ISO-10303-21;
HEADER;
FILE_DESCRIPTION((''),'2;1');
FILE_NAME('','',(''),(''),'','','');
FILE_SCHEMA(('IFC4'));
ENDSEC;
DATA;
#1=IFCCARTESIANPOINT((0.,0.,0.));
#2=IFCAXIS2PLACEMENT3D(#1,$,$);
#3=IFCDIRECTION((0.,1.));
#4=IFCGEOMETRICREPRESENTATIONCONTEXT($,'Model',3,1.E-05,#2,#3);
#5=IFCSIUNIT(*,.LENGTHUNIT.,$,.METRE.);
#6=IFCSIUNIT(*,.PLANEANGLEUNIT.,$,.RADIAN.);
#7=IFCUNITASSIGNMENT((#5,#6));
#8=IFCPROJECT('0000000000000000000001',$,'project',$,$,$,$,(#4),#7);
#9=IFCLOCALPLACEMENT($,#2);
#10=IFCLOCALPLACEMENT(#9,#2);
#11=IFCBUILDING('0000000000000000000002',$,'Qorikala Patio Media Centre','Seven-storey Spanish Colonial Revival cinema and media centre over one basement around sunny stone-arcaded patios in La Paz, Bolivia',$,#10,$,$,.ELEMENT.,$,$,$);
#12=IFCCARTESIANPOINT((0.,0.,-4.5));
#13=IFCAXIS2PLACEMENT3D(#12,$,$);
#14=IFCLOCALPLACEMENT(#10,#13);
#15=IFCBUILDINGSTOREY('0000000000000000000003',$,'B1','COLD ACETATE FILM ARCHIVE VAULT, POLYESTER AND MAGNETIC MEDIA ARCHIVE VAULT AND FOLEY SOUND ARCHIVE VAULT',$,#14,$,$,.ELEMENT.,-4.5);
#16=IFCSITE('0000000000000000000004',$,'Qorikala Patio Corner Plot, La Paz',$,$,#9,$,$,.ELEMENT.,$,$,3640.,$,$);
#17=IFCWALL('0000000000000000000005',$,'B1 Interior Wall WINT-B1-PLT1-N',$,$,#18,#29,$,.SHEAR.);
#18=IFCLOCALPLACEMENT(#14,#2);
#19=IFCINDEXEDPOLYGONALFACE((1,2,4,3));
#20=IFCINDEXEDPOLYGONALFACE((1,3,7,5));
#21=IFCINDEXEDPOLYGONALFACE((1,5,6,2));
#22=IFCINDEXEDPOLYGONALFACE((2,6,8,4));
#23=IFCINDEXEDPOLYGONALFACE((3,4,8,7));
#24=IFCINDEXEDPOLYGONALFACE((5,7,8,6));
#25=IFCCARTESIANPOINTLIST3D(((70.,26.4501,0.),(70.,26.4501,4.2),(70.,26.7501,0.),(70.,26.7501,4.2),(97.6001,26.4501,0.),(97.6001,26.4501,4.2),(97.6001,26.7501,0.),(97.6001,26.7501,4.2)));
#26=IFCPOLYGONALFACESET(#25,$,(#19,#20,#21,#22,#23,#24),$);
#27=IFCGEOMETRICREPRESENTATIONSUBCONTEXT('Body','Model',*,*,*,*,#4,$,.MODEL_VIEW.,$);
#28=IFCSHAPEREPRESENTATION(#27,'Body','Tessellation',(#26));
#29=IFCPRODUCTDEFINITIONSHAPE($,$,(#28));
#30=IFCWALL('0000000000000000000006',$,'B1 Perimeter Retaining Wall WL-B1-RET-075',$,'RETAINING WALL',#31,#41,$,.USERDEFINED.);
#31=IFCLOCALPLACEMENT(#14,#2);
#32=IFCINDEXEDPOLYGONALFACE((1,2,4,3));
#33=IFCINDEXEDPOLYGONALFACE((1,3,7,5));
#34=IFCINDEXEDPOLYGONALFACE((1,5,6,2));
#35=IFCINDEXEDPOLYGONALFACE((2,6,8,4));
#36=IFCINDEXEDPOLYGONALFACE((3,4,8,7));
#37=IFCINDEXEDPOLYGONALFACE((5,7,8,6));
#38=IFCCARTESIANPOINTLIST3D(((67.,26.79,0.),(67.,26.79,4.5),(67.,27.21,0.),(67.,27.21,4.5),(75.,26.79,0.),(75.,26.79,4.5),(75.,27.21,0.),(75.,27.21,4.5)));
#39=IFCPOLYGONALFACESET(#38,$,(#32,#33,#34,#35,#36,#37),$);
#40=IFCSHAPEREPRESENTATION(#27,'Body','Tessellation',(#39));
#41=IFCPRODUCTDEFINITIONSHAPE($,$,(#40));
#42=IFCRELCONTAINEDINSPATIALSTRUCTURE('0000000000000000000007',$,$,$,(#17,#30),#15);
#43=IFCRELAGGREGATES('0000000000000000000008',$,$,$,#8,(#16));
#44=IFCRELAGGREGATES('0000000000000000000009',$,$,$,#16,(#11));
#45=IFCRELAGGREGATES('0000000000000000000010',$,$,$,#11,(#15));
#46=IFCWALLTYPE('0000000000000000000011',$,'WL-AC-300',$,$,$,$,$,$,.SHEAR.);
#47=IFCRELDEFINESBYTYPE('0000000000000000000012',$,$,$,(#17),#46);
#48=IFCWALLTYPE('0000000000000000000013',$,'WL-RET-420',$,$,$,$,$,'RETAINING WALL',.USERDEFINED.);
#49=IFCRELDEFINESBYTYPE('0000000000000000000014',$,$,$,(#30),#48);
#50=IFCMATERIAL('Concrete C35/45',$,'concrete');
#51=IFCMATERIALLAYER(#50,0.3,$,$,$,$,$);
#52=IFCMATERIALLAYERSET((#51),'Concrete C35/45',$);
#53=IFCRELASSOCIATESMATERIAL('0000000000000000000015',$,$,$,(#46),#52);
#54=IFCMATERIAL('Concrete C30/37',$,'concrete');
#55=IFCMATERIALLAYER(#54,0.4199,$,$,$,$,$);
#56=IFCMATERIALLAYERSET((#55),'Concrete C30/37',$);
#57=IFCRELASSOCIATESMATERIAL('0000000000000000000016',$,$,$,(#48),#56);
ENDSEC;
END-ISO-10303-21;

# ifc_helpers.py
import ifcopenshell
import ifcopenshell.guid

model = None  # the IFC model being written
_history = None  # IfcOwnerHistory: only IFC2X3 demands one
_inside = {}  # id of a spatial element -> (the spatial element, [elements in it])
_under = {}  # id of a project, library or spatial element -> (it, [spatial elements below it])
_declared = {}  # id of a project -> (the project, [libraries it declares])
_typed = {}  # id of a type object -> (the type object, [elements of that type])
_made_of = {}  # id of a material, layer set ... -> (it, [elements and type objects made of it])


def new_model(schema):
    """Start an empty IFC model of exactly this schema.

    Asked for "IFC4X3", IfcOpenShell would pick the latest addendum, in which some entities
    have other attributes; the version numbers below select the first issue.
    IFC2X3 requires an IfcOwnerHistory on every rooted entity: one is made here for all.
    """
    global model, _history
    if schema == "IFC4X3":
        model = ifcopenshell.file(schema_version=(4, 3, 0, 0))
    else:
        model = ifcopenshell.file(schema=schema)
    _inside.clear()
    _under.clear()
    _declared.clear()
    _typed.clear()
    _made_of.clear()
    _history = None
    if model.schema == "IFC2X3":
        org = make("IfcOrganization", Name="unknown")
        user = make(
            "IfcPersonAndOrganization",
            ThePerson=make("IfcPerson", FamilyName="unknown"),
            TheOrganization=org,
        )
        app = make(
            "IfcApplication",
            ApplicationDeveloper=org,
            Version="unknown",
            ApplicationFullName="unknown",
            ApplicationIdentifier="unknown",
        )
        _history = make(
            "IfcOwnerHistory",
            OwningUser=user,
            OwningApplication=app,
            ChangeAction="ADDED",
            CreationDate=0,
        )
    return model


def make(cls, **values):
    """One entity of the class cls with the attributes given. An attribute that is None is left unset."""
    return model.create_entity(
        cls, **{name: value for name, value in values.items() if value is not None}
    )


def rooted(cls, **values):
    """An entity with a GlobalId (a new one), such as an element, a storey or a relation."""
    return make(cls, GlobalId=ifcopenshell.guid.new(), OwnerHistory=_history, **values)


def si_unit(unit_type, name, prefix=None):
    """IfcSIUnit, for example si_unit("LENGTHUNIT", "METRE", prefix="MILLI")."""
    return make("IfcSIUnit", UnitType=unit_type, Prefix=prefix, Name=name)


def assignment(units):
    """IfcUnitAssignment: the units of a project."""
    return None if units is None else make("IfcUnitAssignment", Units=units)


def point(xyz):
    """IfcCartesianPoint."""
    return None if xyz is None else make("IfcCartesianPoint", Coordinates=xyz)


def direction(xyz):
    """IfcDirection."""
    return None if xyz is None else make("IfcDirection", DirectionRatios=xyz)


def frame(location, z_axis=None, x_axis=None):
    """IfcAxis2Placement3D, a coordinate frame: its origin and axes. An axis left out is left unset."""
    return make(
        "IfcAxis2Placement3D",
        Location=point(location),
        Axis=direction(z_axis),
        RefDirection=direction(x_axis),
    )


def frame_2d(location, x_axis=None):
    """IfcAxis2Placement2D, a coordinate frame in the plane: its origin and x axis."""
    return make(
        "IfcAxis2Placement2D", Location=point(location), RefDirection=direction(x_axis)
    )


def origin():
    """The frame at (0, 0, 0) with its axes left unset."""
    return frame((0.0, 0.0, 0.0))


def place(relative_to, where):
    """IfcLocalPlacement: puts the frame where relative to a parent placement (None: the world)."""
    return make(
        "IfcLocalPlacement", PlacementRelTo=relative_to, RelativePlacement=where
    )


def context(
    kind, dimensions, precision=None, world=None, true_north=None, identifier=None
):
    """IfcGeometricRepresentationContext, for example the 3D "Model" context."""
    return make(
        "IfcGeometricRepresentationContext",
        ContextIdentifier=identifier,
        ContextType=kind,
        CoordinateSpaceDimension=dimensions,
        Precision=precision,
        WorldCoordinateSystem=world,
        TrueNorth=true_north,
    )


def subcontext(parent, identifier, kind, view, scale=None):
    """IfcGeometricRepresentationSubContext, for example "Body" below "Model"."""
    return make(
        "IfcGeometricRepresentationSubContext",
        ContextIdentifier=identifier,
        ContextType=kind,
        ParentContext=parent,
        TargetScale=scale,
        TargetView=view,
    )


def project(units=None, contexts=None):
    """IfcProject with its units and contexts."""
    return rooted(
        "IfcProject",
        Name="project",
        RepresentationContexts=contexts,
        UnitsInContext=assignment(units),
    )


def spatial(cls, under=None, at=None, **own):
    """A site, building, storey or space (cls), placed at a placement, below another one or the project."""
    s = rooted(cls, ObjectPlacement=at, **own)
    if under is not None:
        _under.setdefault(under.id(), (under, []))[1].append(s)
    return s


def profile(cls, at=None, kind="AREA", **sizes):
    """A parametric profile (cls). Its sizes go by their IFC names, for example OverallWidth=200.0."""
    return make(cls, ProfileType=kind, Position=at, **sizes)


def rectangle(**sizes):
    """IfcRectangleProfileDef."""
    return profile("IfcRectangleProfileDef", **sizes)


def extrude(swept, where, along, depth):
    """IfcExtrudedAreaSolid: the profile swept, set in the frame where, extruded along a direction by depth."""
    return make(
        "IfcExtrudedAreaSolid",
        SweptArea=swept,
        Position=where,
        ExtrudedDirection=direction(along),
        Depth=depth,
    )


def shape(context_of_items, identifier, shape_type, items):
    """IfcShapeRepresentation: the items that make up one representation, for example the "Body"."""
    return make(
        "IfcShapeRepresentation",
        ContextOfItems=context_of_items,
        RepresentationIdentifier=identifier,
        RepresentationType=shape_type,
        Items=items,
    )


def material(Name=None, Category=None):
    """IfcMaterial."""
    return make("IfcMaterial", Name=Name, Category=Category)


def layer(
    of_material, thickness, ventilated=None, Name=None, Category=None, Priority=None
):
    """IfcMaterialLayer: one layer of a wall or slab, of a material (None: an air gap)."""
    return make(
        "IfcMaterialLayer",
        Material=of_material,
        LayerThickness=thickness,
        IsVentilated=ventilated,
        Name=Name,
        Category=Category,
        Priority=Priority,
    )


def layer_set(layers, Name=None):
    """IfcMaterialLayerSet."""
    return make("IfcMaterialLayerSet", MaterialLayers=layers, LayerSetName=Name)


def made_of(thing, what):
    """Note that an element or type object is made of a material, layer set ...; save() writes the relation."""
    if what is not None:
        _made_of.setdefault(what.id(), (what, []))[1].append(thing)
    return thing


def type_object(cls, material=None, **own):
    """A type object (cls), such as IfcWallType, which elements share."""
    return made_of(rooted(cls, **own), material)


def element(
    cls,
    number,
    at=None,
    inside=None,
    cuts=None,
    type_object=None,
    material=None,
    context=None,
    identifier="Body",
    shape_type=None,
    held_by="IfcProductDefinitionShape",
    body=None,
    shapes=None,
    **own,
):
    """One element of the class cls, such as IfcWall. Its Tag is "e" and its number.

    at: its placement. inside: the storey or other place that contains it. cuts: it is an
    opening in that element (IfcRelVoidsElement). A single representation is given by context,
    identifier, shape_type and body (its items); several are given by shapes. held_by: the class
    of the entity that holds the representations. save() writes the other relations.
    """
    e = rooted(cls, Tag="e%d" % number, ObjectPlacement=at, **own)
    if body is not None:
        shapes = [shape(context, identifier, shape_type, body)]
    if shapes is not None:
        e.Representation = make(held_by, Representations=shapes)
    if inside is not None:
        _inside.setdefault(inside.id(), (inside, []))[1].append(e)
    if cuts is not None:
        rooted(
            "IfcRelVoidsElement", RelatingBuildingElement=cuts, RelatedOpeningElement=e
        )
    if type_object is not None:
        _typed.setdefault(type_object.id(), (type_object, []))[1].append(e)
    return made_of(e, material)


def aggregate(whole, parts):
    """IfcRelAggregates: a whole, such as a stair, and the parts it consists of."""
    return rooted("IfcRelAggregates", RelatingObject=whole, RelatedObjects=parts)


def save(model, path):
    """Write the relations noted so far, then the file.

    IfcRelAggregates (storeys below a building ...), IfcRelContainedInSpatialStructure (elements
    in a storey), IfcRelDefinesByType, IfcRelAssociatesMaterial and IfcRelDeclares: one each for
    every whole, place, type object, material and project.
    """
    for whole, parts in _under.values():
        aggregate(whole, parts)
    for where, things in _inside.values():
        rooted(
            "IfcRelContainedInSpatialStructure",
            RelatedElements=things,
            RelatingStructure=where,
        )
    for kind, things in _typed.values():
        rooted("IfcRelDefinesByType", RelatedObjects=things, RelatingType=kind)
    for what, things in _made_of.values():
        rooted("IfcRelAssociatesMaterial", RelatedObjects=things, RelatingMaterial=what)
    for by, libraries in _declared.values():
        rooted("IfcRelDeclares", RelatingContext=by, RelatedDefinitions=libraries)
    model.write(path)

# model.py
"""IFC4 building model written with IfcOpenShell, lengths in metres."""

from ifc_helpers import new_model, si_unit, direction, frame, frame_2d, origin, place, context, subcontext, project, spatial, rectangle, extrude, material, layer, layer_set, type_object, element, save


model = new_model("IFC4")

# Units and contexts
model_context = context("Model", 3, precision=1e-05, world=origin(), true_north=direction((0.0, 1.0)))
body_context = subcontext(model_context, "Body", "Model", "MODEL_VIEW")
ifc_project = project(units=[si_unit("LENGTHUNIT", "METRE"), si_unit("PLANEANGLEUNIT", "RADIAN")], contexts=[model_context])

# Site, building, storey
site_placement = place(None, origin())
site = spatial("IfcSite", under=ifc_project, at=site_placement, Name="Qorikala Patio Corner Plot, La Paz", CompositionType="ELEMENT", RefElevation=3640.0)
building_placement = place(site_placement, origin())
building = spatial("IfcBuilding", under=site, at=building_placement, Name="Qorikala Patio Media Centre", Description="Seven-storey Spanish Colonial Revival cinema and media centre over one basement around sunny stone-arcaded patios in La Paz, Bolivia", CompositionType="ELEMENT")
storey_placement = place(building_placement, frame((0.0, 0.0, -4.5)))
storey = spatial("IfcBuildingStorey", under=building, at=storey_placement, Name="B1", Description="COLD ACETATE FILM ARCHIVE VAULT, POLYESTER AND MAGNETIC MEDIA ARCHIVE VAULT AND FOLEY SOUND ARCHIVE VAULT", CompositionType="ELEMENT", Elevation=-4.5)

# Shared definitions
ifc_material_1 = material(Name="Concrete C30/37", Category="concrete")

# Shared definitions
ifc_material_2 = material(Name="Concrete C35/45", Category="concrete")

# Walls
ifc_layer_1 = layer(ifc_material_2, 0.3)
ifc_layer_set_1 = layer_set([ifc_layer_1], Name="Concrete C35/45")
wall_type_1 = type_object("IfcWallType", Name="WL-AC-300", PredefinedType="SHEAR", material=ifc_layer_set_1)
wall_1_placement = place(storey_placement, frame((70.0, 26.6001, 0.0), z_axis=(0.0, 0.0, 1.0), x_axis=(1.0, 0.0, 0.0)))
element("IfcWall", 1, at=wall_1_placement, inside=storey, type_object=wall_type_1, Name="B1 Interior Wall WINT-B1-PLT1-N", PredefinedType="SHEAR", context=body_context, shape_type="SweptSolid", body=[
    extrude(rectangle(XDim=27.6001, YDim=0.3, at=frame_2d((13.8, 0.0))), origin(), (0.0, 0.0, 1.0), 4.2),
])
ifc_layer_2 = layer(ifc_material_1, 0.4199)
ifc_layer_set_2 = layer_set([ifc_layer_2], Name="Concrete C30/37")
wall_type_2 = type_object("IfcWallType", Name="WL-RET-420", ElementType="RETAINING WALL", PredefinedType="USERDEFINED", material=ifc_layer_set_2)
wall_2_placement = place(storey_placement, frame((67.0, 27.0, 0.0), z_axis=(0.0, 0.0, 1.0), x_axis=(1.0, 0.0, 0.0)))
element("IfcWall", 2, at=wall_2_placement, inside=storey, type_object=wall_type_2, Name="B1 Perimeter Retaining Wall WL-B1-RET-075", ObjectType="RETAINING WALL", PredefinedType="USERDEFINED", context=body_context, shape_type="SweptSolid", body=[
    extrude(rectangle(XDim=8.0, YDim=0.4199, at=frame_2d((4.0, 0.0))), origin(), (0.0, 0.0, 1.0), 4.5),
])

save(model, "model.ifc")
